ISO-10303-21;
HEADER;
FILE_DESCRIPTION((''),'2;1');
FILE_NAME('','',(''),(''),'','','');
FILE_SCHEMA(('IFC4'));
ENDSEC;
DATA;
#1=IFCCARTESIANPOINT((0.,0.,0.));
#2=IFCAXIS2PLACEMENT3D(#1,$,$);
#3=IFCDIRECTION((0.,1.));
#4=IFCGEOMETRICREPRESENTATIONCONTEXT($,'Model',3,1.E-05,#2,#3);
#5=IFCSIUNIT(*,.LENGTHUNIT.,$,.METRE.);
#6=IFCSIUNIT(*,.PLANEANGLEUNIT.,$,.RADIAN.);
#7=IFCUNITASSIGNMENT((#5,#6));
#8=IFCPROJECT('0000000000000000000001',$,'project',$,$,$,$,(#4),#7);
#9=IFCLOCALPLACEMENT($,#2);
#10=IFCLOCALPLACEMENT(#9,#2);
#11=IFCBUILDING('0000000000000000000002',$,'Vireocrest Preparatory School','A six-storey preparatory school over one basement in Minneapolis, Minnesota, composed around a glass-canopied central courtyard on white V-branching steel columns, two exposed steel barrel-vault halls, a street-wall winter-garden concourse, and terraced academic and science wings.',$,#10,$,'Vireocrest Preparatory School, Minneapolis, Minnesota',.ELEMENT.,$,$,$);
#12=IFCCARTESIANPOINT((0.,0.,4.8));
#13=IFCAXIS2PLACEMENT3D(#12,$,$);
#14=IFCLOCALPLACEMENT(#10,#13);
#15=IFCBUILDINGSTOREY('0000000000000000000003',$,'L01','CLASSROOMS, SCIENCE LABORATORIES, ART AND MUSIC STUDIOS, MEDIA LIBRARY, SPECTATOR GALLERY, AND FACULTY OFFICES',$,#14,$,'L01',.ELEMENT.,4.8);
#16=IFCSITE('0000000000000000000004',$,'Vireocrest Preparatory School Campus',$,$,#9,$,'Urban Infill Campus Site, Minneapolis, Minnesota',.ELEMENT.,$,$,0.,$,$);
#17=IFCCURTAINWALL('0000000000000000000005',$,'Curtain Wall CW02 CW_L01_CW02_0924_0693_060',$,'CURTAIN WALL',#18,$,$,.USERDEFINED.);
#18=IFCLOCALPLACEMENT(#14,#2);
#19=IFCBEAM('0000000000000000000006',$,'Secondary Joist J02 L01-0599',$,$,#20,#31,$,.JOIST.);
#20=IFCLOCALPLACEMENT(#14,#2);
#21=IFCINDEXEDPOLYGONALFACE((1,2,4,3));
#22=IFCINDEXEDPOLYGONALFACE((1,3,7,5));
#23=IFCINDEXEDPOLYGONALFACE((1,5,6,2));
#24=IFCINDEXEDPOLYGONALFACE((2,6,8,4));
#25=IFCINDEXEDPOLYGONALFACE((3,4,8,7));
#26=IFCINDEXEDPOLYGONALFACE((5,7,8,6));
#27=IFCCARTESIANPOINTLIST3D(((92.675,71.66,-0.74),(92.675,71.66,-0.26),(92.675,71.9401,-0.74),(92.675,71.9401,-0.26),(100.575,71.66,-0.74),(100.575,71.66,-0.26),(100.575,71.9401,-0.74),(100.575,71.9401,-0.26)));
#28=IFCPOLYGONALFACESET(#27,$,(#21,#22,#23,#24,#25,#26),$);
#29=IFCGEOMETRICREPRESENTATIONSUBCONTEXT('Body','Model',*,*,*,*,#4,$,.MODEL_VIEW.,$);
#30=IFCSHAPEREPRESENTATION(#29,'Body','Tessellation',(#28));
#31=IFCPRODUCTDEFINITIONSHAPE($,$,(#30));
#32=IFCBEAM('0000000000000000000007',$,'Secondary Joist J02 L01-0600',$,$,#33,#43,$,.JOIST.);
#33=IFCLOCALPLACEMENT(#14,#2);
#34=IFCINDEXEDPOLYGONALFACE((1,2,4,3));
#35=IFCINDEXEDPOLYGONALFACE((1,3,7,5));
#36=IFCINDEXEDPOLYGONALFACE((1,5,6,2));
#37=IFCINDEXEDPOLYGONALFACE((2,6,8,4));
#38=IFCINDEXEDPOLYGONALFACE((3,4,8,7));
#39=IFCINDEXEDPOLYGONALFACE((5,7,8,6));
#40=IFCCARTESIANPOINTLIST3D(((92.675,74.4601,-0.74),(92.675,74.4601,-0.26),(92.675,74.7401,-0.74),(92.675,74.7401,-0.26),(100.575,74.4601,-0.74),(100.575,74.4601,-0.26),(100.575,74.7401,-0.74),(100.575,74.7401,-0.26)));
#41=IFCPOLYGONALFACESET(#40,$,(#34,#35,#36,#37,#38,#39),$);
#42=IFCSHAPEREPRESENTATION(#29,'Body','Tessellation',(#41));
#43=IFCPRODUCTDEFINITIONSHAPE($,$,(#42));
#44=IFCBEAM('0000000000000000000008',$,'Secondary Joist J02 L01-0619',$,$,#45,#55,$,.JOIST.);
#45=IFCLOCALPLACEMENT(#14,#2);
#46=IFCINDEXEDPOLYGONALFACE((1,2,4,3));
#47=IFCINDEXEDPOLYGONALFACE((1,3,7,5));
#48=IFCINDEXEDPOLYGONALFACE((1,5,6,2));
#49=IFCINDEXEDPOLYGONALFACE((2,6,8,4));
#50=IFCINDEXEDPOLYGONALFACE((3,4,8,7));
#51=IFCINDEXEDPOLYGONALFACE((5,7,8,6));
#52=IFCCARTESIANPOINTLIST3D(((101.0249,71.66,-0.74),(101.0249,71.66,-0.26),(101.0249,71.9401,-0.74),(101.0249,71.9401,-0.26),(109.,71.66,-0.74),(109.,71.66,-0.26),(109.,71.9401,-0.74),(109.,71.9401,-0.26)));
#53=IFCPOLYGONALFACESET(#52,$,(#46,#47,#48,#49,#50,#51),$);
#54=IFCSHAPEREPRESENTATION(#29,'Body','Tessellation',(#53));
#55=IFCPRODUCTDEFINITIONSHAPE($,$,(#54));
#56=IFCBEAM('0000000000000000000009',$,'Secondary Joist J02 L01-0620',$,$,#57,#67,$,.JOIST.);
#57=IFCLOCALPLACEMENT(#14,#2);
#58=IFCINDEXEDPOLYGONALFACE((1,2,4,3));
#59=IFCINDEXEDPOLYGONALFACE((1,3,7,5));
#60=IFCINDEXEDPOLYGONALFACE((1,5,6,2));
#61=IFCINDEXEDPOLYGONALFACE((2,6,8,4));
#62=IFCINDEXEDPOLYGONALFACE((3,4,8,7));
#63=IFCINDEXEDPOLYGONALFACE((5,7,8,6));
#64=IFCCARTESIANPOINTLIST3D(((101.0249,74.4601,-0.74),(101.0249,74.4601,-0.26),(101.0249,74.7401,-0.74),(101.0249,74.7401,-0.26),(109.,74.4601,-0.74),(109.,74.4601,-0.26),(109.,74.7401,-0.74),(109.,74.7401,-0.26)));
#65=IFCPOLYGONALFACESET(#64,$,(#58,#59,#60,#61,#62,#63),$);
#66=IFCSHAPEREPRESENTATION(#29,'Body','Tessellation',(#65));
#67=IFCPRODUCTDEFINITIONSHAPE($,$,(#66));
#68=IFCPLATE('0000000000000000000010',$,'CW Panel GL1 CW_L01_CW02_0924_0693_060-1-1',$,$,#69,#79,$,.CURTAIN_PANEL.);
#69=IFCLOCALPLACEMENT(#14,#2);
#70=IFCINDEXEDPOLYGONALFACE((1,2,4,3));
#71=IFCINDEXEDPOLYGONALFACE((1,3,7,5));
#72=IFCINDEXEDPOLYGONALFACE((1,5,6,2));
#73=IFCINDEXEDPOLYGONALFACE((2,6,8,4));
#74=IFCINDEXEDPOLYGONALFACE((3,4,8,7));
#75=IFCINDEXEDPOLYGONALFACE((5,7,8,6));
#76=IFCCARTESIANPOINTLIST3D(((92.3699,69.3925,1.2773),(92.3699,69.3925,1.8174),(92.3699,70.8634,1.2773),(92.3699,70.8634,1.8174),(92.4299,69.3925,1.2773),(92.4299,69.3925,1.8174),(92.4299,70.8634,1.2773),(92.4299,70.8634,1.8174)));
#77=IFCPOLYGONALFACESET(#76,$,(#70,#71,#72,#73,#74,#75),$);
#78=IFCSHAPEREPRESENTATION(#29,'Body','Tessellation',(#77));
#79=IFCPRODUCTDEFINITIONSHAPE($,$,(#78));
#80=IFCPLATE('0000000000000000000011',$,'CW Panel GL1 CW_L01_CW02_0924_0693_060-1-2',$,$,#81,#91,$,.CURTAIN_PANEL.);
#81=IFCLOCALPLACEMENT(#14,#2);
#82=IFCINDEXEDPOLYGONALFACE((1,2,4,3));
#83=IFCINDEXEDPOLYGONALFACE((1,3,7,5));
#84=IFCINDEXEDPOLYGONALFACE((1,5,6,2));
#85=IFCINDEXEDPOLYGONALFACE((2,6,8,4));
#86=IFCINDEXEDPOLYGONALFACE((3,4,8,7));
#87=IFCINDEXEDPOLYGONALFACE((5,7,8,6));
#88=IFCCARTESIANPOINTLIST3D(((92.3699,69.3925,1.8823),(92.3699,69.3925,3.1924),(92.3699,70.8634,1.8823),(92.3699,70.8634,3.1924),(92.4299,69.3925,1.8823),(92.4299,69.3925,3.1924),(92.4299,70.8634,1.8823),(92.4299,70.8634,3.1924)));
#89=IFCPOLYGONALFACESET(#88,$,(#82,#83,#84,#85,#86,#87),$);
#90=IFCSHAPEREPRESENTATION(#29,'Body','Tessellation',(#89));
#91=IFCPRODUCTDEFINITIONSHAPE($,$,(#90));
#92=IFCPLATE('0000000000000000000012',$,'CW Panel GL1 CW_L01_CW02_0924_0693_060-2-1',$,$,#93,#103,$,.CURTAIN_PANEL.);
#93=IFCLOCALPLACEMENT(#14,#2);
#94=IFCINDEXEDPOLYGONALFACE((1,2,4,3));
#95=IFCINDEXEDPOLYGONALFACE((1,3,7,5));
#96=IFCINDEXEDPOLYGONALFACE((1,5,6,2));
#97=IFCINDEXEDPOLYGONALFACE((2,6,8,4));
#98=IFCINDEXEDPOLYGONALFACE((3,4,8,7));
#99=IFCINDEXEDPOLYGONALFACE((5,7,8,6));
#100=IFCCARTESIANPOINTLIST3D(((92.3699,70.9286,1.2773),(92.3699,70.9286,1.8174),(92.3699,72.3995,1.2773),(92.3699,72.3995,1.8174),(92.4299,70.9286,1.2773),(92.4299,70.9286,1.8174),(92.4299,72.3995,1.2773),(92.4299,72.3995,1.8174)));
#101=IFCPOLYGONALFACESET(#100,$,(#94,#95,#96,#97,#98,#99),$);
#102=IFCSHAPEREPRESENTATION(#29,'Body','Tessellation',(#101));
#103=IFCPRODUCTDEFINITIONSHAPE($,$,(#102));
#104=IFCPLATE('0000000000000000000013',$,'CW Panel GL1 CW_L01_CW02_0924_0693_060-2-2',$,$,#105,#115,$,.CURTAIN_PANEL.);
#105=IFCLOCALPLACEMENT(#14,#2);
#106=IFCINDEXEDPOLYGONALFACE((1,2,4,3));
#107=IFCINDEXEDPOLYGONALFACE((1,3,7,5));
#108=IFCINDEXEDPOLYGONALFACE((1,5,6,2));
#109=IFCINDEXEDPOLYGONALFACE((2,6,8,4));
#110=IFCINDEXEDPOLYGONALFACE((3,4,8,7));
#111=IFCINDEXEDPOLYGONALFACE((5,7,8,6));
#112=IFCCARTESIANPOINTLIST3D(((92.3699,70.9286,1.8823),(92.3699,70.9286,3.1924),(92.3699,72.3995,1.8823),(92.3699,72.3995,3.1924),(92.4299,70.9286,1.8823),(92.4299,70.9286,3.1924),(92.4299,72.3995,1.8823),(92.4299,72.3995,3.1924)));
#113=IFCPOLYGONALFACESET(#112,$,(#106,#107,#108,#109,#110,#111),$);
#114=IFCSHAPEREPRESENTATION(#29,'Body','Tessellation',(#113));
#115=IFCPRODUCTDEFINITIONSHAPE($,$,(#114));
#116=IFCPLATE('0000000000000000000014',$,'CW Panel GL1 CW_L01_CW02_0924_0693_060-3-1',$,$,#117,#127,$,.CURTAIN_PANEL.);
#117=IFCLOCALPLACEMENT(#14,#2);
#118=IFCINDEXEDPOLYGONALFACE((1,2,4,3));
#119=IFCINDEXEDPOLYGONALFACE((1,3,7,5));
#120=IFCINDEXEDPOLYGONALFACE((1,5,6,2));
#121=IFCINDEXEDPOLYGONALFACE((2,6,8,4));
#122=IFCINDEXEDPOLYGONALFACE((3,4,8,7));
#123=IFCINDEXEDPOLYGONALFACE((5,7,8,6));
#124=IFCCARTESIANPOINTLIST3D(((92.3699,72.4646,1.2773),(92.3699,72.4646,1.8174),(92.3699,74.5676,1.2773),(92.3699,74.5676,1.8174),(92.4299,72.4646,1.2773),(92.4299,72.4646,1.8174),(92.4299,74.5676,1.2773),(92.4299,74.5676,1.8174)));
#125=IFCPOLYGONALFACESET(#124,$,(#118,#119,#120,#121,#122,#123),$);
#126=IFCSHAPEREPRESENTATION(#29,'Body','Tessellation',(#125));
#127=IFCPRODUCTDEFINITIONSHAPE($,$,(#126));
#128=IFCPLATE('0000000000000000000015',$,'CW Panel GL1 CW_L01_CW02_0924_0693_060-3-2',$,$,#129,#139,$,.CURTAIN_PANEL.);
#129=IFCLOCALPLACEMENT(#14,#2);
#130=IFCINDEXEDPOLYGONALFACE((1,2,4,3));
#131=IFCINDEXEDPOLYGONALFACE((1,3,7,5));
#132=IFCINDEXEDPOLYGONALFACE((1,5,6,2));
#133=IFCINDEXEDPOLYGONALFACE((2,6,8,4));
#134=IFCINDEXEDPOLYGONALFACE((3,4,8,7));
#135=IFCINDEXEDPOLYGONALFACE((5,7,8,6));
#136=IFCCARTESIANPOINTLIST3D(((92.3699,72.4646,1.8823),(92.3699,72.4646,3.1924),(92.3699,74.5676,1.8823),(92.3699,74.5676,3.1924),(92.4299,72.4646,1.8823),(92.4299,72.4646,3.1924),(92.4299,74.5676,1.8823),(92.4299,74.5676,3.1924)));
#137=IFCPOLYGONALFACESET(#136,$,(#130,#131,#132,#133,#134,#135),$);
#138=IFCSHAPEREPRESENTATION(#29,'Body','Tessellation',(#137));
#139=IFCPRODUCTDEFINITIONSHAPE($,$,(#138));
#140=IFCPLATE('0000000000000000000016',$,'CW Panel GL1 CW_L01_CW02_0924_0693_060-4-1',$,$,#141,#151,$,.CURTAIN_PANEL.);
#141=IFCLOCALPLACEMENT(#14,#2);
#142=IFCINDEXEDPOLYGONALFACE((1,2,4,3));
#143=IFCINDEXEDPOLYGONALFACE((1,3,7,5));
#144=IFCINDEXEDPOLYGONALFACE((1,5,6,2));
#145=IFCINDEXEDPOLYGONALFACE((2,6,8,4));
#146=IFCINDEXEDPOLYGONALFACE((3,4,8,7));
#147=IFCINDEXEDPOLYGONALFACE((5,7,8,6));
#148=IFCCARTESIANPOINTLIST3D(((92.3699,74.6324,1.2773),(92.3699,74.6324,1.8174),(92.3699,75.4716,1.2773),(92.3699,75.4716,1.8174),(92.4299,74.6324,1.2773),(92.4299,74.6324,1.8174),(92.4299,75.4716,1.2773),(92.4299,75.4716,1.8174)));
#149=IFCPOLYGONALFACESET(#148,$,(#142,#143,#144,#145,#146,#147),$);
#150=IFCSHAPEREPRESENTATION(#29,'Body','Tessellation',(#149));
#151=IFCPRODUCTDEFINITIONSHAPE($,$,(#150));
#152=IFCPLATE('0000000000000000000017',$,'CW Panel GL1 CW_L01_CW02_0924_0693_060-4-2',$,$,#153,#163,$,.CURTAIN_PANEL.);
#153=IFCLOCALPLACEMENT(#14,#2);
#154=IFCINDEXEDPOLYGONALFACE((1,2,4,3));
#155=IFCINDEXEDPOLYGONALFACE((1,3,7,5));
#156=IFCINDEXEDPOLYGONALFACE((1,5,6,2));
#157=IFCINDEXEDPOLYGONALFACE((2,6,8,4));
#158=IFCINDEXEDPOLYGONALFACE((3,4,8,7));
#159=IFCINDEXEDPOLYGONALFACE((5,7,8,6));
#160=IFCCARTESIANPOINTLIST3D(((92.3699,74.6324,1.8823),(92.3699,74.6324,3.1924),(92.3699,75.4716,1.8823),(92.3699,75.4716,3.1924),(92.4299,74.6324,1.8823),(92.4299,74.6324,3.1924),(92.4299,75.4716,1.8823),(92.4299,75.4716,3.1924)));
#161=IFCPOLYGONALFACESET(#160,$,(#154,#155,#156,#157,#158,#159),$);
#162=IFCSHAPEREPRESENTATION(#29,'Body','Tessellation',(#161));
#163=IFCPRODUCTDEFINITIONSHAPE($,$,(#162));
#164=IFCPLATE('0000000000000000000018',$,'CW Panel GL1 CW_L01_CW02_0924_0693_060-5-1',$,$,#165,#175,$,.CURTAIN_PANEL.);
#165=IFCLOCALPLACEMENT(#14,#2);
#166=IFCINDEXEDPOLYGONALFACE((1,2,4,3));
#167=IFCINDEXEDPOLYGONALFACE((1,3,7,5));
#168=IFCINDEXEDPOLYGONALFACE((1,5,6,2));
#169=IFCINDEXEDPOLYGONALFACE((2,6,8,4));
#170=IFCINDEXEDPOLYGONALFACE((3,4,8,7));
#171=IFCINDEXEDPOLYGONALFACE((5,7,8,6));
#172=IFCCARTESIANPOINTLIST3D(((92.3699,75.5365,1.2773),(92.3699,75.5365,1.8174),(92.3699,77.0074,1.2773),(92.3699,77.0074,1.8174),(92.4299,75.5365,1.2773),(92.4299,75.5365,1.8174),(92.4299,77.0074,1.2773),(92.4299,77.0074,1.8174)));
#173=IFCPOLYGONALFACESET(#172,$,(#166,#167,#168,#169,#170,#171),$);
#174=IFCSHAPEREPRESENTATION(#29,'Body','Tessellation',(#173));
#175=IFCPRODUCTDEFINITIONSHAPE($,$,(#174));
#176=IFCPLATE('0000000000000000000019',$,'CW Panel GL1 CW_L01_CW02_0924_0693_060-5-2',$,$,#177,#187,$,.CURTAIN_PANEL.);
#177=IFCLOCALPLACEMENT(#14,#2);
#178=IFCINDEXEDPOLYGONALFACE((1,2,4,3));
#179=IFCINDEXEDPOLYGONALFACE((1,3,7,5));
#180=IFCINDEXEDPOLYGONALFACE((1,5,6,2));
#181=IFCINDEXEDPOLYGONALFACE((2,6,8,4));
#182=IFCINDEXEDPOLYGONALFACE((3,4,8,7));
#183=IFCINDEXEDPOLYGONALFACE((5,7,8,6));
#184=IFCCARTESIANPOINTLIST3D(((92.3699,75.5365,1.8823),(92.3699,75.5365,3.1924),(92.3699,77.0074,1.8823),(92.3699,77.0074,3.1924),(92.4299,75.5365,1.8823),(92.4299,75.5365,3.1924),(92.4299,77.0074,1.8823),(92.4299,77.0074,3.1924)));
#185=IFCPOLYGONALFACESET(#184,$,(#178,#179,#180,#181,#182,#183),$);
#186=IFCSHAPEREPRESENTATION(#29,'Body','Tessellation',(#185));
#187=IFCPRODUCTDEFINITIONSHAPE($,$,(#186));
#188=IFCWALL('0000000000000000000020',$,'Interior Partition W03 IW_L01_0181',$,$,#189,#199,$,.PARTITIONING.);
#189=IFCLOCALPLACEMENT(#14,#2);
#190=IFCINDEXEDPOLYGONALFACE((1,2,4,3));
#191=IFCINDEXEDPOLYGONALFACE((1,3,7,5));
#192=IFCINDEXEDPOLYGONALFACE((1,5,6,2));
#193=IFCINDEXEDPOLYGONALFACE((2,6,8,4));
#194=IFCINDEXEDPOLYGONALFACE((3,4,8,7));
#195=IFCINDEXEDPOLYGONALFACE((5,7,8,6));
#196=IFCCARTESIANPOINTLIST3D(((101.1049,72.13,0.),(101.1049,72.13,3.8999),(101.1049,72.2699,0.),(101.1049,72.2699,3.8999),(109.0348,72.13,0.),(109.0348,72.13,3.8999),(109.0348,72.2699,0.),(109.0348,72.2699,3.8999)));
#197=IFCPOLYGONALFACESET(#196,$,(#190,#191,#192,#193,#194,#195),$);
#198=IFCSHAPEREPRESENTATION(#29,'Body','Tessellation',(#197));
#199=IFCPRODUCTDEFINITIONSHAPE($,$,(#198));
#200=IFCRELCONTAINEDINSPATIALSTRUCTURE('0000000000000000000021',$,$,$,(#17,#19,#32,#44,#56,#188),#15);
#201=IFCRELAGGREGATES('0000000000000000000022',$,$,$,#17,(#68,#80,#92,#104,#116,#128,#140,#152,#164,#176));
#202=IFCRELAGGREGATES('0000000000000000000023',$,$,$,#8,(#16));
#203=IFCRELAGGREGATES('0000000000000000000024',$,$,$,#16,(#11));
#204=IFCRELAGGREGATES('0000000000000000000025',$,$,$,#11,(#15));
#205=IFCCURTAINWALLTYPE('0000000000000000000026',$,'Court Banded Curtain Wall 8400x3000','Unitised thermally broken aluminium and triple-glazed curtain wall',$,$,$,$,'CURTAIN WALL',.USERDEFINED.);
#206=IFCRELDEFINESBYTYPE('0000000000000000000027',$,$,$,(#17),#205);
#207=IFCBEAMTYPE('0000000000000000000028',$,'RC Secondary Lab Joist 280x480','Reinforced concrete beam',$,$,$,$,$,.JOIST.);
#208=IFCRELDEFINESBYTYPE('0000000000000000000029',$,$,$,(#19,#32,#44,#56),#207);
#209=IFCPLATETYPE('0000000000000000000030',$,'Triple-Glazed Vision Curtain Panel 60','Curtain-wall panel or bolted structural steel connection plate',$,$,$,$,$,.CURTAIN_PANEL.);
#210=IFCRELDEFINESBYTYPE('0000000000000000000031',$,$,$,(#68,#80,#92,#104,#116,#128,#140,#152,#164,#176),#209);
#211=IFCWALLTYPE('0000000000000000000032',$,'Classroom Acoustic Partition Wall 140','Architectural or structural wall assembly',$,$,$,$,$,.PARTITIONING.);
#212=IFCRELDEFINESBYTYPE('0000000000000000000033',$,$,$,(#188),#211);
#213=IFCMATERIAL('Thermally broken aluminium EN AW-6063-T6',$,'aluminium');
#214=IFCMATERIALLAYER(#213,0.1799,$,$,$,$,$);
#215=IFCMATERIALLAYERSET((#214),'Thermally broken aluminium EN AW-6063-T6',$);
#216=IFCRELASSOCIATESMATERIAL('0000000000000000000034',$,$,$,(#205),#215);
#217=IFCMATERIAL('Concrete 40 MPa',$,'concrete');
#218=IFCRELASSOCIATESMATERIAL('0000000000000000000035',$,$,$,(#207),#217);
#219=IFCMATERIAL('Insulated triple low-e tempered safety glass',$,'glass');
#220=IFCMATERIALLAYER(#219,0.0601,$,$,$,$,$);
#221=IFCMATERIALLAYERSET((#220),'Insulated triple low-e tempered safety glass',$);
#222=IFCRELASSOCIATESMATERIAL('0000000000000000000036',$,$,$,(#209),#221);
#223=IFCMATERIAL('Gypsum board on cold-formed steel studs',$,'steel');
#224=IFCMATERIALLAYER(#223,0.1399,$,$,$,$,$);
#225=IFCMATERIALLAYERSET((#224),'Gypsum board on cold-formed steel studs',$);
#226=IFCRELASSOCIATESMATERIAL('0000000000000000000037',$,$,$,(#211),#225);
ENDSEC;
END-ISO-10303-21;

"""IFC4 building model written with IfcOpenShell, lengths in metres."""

from ifc_helpers import new_model, si_unit, direction, frame, frame_2d, origin, origin_2d, place, context, subcontext, project, spatial, rectangle, extrude, material, layer, layer_set, material_profile, profile_set, type_object, element, aggregate, save


model = new_model("IFC4")

# Units and contexts
model_context = context("Model", 3, precision=1e-05, world=origin(), true_north=direction((0.0, 1.0)))
body_context = subcontext(model_context, "Body", "Model", "MODEL_VIEW")
ifc_project = project(units=[si_unit("LENGTHUNIT", "METRE"), si_unit("PLANEANGLEUNIT", "RADIAN")], contexts=[model_context])

# Site, building, storey
site_placement = place(None, origin())
site = spatial("IfcSite", under=ifc_project, at=site_placement, Name="Vireocrest Preparatory School Campus", LongName="Urban Infill Campus Site, Minneapolis, Minnesota", CompositionType="ELEMENT", RefElevation=0.0)
building_placement = place(site_placement, origin())
building = spatial("IfcBuilding", under=site, at=building_placement, Name="Vireocrest Preparatory School", Description="A six-storey preparatory school over one basement in Minneapolis, Minnesota, composed around a glass-canopied central courtyard on white V-branching steel columns, two exposed steel barrel-vault halls, a street-wall winter-garden concourse, and terraced academic and science wings.", LongName="Vireocrest Preparatory School, Minneapolis, Minnesota", CompositionType="ELEMENT")
storey_placement = place(building_placement, frame((0.0, 0.0, 4.8)))
storey = spatial("IfcBuildingStorey", under=building, at=storey_placement, Name="L01", Description="CLASSROOMS, SCIENCE LABORATORIES, ART AND MUSIC STUDIOS, MEDIA LIBRARY, SPECTATOR GALLERY, AND FACULTY OFFICES", LongName="L01", CompositionType="ELEMENT", Elevation=4.8)

# Curtain wall
ifc_material_1 = material(Name="Thermally broken aluminium EN AW-6063-T6", Category="aluminium")
ifc_layer_1 = layer(ifc_material_1, 0.1799)
ifc_layer_set_1 = layer_set([ifc_layer_1], Name="Thermally broken aluminium EN AW-6063-T6")
curtain_wall_type = type_object("IfcCurtainWallType", Name="Court Banded Curtain Wall 8400x3000", Description="Unitised thermally broken aluminium and triple-glazed curtain wall", ElementType="CURTAIN WALL", PredefinedType="USERDEFINED", material=ifc_layer_set_1)
curtain_wall_placement = place(storey_placement, origin())
curtain_wall = element("IfcCurtainWall", 1, at=curtain_wall_placement, inside=storey, type_object=curtain_wall_type, Name="Curtain Wall CW02 CW_L01_CW02_0924_0693_060", ObjectType="CURTAIN WALL", PredefinedType="USERDEFINED")

# Beams
ifc_material_2 = material(Name="Concrete 40 MPa", Category="concrete")
ifc_material_profile_1 = material_profile(ifc_material_2, rectangle(XDim=0.28, YDim=0.48, at=origin_2d()), Name="RC 280x480")
ifc_profile_set_1 = profile_set([ifc_material_profile_1], Name="Concrete 40 MPa")
beam_type_1 = type_object("IfcBeamType", Name="RC Secondary Lab Joist 280x480", Description="Reinforced concrete beam", PredefinedType="JOIST", material=ifc_profile_set_1)
for number, where, z_axis, x_axis, name in (
    (2, (92.675, 71.8, -0.5), (1.0, 0.0, 0.0), (0.0, 1.0, 0.0), "Secondary Joist J02 L01-0599"),
    (3, (92.675, 74.6001, -0.5), (1.0, 0.0, 0.0), (0.0, 1.0, 0.0), "Secondary Joist J02 L01-0600"),
):
    element("IfcBeam", number, at=place(storey_placement, frame(where, z_axis=z_axis, x_axis=x_axis)), inside=storey, type_object=beam_type_1, Name=name, PredefinedType="JOIST", context=body_context, shape_type="SweptSolid", body=[
        extrude(rectangle(XDim=0.28, YDim=0.48, at=origin_2d()), origin(), (0.0, 0.0, 1.0), 7.8999),
    ])
for number, where, z_axis, x_axis, name in (
    (4, (101.0249, 71.8, -0.5), (1.0, 0.0, 0.0), (0.0, 1.0, 0.0), "Secondary Joist J02 L01-0619"),
    (5, (101.0249, 74.6001, -0.5), (1.0, 0.0, 0.0), (0.0, 1.0, 0.0), "Secondary Joist J02 L01-0620"),
):
    element("IfcBeam", number, at=place(storey_placement, frame(where, z_axis=z_axis, x_axis=x_axis)), inside=storey, type_object=beam_type_1, Name=name, PredefinedType="JOIST", context=body_context, shape_type="SweptSolid", body=[
        extrude(rectangle(XDim=0.28, YDim=0.48, at=origin_2d()), origin(), (0.0, 0.0, 1.0), 7.9751),
    ])

# Plates
ifc_material_3 = material(Name="Insulated triple low-e tempered safety glass", Category="glass")
ifc_layer_2 = layer(ifc_material_3, 0.0601)
ifc_layer_set_2 = layer_set([ifc_layer_2], Name="Insulated triple low-e tempered safety glass")
plate_type = type_object("IfcPlateType", Name="Triple-Glazed Vision Curtain Panel 60", Description="Curtain-wall panel or bolted structural steel connection plate", PredefinedType="CURTAIN_PANEL", material=ifc_layer_set_2)
plate_1_placement = place(storey_placement, frame((92.3999, 70.1279, 1.2773), z_axis=(0.0, 0.0, 1.0), x_axis=(0.0, 1.0, 0.0)))
plate_1 = element("IfcPlate", 6, at=plate_1_placement, type_object=plate_type, Name="CW Panel GL1 CW_L01_CW02_0924_0693_060-1-1", PredefinedType="CURTAIN_PANEL", context=body_context, shape_type="SweptSolid", body=[
    extrude(rectangle(XDim=1.4709, YDim=0.0601, at=origin_2d()), origin(), (0.0, 0.0, 1.0), 0.54),
])
plate_2_placement = place(storey_placement, frame((92.3999, 70.1279, 1.8823), z_axis=(0.0, 0.0, 1.0), x_axis=(0.0, 1.0, 0.0)))
plate_2 = element("IfcPlate", 7, at=plate_2_placement, type_object=plate_type, Name="CW Panel GL1 CW_L01_CW02_0924_0693_060-1-2", PredefinedType="CURTAIN_PANEL", context=body_context, shape_type="SweptSolid", body=[
    extrude(rectangle(XDim=1.4709, YDim=0.0601, at=origin_2d()), origin(), (0.0, 0.0, 1.0), 1.3101),
])
plate_3_placement = place(storey_placement, frame((92.3999, 71.6641, 1.2773), z_axis=(0.0, 0.0, 1.0), x_axis=(0.0, 1.0, 0.0)))
plate_3 = element("IfcPlate", 8, at=plate_3_placement, type_object=plate_type, Name="CW Panel GL1 CW_L01_CW02_0924_0693_060-2-1", PredefinedType="CURTAIN_PANEL", context=body_context, shape_type="SweptSolid", body=[
    extrude(rectangle(XDim=1.4709, YDim=0.0601, at=origin_2d()), origin(), (0.0, 0.0, 1.0), 0.54),
])
plate_4_placement = place(storey_placement, frame((92.3999, 71.6641, 1.8823), z_axis=(0.0, 0.0, 1.0), x_axis=(0.0, 1.0, 0.0)))
plate_4 = element("IfcPlate", 9, at=plate_4_placement, type_object=plate_type, Name="CW Panel GL1 CW_L01_CW02_0924_0693_060-2-2", PredefinedType="CURTAIN_PANEL", context=body_context, shape_type="SweptSolid", body=[
    extrude(rectangle(XDim=1.4709, YDim=0.0601, at=origin_2d()), origin(), (0.0, 0.0, 1.0), 1.3101),
])
plate_5_placement = place(storey_placement, frame((92.3999, 73.5161, 1.2773), z_axis=(0.0, 0.0, 1.0), x_axis=(0.0, 1.0, 0.0)))
plate_5 = element("IfcPlate", 10, at=plate_5_placement, type_object=plate_type, Name="CW Panel GL1 CW_L01_CW02_0924_0693_060-3-1", PredefinedType="CURTAIN_PANEL", context=body_context, shape_type="SweptSolid", body=[
    extrude(rectangle(XDim=2.103, YDim=0.0601, at=origin_2d()), origin(), (0.0, 0.0, 1.0), 0.54),
])
plate_6_placement = place(storey_placement, frame((92.3999, 73.5161, 1.8823), z_axis=(0.0, 0.0, 1.0), x_axis=(0.0, 1.0, 0.0)))
plate_6 = element("IfcPlate", 11, at=plate_6_placement, type_object=plate_type, Name="CW Panel GL1 CW_L01_CW02_0924_0693_060-3-2", PredefinedType="CURTAIN_PANEL", context=body_context, shape_type="SweptSolid", body=[
    extrude(rectangle(XDim=2.103, YDim=0.0601, at=origin_2d()), origin(), (0.0, 0.0, 1.0), 1.3101),
])
plate_7_placement = place(storey_placement, frame((92.3999, 75.052, 1.2773), z_axis=(0.0, 0.0, 1.0), x_axis=(0.0, 1.0, 0.0)))
plate_7 = element("IfcPlate", 12, at=plate_7_placement, type_object=plate_type, Name="CW Panel GL1 CW_L01_CW02_0924_0693_060-4-1", PredefinedType="CURTAIN_PANEL", context=body_context, shape_type="SweptSolid", body=[
    extrude(rectangle(XDim=0.8391, YDim=0.0601, at=origin_2d()), origin(), (0.0, 0.0, 1.0), 0.54),
])
plate_8_placement = place(storey_placement, frame((92.3999, 75.052, 1.8823), z_axis=(0.0, 0.0, 1.0), x_axis=(0.0, 1.0, 0.0)))
plate_8 = element("IfcPlate", 13, at=plate_8_placement, type_object=plate_type, Name="CW Panel GL1 CW_L01_CW02_0924_0693_060-4-2", PredefinedType="CURTAIN_PANEL", context=body_context, shape_type="SweptSolid", body=[
    extrude(rectangle(XDim=0.8391, YDim=0.0601, at=origin_2d()), origin(), (0.0, 0.0, 1.0), 1.3101),
])
plate_9_placement = place(storey_placement, frame((92.3999, 76.272, 1.2773), z_axis=(0.0, 0.0, 1.0), x_axis=(0.0, 1.0, 0.0)))
plate_9 = element("IfcPlate", 14, at=plate_9_placement, type_object=plate_type, Name="CW Panel GL1 CW_L01_CW02_0924_0693_060-5-1", PredefinedType="CURTAIN_PANEL", context=body_context, shape_type="SweptSolid", body=[
    extrude(rectangle(XDim=1.4709, YDim=0.0601, at=origin_2d()), origin(), (0.0, 0.0, 1.0), 0.54),
])
plate_10_placement = place(storey_placement, frame((92.3999, 76.272, 1.8823), z_axis=(0.0, 0.0, 1.0), x_axis=(0.0, 1.0, 0.0)))
plate_10 = element("IfcPlate", 15, at=plate_10_placement, type_object=plate_type, Name="CW Panel GL1 CW_L01_CW02_0924_0693_060-5-2", PredefinedType="CURTAIN_PANEL", context=body_context, shape_type="SweptSolid", body=[
    extrude(rectangle(XDim=1.4709, YDim=0.0601, at=origin_2d()), origin(), (0.0, 0.0, 1.0), 1.3101),
])
aggregate(curtain_wall, [plate_1, plate_2, plate_3, plate_4, plate_5, plate_6, plate_7, plate_8, plate_9, plate_10])

# Wall
ifc_material_4 = material(Name="Gypsum board on cold-formed steel studs", Category="steel")
ifc_layer_3 = layer(ifc_material_4, 0.1399)
ifc_layer_set_3 = layer_set([ifc_layer_3], Name="Gypsum board on cold-formed steel studs")
wall_type_1 = type_object("IfcWallType", Name="Classroom Acoustic Partition Wall 140", Description="Architectural or structural wall assembly", PredefinedType="PARTITIONING", material=ifc_layer_set_3)
wall_1_placement = place(storey_placement, frame((101.105, 72.2, 0.0), z_axis=(0.0, 0.0, 1.0), x_axis=(1.0, 0.0, 0.0)))
element("IfcWall", 16, at=wall_1_placement, inside=storey, type_object=wall_type_1, Name="Interior Partition W03 IW_L01_0181", PredefinedType="PARTITIONING", context=body_context, shape_type="SweptSolid", body=[
    extrude(rectangle(XDim=7.9299, YDim=0.1399, at=frame_2d((3.9648, 0.0))), origin(), (0.0, 0.0, 1.0), 3.8999),
])

save(model, "model.ifc")
